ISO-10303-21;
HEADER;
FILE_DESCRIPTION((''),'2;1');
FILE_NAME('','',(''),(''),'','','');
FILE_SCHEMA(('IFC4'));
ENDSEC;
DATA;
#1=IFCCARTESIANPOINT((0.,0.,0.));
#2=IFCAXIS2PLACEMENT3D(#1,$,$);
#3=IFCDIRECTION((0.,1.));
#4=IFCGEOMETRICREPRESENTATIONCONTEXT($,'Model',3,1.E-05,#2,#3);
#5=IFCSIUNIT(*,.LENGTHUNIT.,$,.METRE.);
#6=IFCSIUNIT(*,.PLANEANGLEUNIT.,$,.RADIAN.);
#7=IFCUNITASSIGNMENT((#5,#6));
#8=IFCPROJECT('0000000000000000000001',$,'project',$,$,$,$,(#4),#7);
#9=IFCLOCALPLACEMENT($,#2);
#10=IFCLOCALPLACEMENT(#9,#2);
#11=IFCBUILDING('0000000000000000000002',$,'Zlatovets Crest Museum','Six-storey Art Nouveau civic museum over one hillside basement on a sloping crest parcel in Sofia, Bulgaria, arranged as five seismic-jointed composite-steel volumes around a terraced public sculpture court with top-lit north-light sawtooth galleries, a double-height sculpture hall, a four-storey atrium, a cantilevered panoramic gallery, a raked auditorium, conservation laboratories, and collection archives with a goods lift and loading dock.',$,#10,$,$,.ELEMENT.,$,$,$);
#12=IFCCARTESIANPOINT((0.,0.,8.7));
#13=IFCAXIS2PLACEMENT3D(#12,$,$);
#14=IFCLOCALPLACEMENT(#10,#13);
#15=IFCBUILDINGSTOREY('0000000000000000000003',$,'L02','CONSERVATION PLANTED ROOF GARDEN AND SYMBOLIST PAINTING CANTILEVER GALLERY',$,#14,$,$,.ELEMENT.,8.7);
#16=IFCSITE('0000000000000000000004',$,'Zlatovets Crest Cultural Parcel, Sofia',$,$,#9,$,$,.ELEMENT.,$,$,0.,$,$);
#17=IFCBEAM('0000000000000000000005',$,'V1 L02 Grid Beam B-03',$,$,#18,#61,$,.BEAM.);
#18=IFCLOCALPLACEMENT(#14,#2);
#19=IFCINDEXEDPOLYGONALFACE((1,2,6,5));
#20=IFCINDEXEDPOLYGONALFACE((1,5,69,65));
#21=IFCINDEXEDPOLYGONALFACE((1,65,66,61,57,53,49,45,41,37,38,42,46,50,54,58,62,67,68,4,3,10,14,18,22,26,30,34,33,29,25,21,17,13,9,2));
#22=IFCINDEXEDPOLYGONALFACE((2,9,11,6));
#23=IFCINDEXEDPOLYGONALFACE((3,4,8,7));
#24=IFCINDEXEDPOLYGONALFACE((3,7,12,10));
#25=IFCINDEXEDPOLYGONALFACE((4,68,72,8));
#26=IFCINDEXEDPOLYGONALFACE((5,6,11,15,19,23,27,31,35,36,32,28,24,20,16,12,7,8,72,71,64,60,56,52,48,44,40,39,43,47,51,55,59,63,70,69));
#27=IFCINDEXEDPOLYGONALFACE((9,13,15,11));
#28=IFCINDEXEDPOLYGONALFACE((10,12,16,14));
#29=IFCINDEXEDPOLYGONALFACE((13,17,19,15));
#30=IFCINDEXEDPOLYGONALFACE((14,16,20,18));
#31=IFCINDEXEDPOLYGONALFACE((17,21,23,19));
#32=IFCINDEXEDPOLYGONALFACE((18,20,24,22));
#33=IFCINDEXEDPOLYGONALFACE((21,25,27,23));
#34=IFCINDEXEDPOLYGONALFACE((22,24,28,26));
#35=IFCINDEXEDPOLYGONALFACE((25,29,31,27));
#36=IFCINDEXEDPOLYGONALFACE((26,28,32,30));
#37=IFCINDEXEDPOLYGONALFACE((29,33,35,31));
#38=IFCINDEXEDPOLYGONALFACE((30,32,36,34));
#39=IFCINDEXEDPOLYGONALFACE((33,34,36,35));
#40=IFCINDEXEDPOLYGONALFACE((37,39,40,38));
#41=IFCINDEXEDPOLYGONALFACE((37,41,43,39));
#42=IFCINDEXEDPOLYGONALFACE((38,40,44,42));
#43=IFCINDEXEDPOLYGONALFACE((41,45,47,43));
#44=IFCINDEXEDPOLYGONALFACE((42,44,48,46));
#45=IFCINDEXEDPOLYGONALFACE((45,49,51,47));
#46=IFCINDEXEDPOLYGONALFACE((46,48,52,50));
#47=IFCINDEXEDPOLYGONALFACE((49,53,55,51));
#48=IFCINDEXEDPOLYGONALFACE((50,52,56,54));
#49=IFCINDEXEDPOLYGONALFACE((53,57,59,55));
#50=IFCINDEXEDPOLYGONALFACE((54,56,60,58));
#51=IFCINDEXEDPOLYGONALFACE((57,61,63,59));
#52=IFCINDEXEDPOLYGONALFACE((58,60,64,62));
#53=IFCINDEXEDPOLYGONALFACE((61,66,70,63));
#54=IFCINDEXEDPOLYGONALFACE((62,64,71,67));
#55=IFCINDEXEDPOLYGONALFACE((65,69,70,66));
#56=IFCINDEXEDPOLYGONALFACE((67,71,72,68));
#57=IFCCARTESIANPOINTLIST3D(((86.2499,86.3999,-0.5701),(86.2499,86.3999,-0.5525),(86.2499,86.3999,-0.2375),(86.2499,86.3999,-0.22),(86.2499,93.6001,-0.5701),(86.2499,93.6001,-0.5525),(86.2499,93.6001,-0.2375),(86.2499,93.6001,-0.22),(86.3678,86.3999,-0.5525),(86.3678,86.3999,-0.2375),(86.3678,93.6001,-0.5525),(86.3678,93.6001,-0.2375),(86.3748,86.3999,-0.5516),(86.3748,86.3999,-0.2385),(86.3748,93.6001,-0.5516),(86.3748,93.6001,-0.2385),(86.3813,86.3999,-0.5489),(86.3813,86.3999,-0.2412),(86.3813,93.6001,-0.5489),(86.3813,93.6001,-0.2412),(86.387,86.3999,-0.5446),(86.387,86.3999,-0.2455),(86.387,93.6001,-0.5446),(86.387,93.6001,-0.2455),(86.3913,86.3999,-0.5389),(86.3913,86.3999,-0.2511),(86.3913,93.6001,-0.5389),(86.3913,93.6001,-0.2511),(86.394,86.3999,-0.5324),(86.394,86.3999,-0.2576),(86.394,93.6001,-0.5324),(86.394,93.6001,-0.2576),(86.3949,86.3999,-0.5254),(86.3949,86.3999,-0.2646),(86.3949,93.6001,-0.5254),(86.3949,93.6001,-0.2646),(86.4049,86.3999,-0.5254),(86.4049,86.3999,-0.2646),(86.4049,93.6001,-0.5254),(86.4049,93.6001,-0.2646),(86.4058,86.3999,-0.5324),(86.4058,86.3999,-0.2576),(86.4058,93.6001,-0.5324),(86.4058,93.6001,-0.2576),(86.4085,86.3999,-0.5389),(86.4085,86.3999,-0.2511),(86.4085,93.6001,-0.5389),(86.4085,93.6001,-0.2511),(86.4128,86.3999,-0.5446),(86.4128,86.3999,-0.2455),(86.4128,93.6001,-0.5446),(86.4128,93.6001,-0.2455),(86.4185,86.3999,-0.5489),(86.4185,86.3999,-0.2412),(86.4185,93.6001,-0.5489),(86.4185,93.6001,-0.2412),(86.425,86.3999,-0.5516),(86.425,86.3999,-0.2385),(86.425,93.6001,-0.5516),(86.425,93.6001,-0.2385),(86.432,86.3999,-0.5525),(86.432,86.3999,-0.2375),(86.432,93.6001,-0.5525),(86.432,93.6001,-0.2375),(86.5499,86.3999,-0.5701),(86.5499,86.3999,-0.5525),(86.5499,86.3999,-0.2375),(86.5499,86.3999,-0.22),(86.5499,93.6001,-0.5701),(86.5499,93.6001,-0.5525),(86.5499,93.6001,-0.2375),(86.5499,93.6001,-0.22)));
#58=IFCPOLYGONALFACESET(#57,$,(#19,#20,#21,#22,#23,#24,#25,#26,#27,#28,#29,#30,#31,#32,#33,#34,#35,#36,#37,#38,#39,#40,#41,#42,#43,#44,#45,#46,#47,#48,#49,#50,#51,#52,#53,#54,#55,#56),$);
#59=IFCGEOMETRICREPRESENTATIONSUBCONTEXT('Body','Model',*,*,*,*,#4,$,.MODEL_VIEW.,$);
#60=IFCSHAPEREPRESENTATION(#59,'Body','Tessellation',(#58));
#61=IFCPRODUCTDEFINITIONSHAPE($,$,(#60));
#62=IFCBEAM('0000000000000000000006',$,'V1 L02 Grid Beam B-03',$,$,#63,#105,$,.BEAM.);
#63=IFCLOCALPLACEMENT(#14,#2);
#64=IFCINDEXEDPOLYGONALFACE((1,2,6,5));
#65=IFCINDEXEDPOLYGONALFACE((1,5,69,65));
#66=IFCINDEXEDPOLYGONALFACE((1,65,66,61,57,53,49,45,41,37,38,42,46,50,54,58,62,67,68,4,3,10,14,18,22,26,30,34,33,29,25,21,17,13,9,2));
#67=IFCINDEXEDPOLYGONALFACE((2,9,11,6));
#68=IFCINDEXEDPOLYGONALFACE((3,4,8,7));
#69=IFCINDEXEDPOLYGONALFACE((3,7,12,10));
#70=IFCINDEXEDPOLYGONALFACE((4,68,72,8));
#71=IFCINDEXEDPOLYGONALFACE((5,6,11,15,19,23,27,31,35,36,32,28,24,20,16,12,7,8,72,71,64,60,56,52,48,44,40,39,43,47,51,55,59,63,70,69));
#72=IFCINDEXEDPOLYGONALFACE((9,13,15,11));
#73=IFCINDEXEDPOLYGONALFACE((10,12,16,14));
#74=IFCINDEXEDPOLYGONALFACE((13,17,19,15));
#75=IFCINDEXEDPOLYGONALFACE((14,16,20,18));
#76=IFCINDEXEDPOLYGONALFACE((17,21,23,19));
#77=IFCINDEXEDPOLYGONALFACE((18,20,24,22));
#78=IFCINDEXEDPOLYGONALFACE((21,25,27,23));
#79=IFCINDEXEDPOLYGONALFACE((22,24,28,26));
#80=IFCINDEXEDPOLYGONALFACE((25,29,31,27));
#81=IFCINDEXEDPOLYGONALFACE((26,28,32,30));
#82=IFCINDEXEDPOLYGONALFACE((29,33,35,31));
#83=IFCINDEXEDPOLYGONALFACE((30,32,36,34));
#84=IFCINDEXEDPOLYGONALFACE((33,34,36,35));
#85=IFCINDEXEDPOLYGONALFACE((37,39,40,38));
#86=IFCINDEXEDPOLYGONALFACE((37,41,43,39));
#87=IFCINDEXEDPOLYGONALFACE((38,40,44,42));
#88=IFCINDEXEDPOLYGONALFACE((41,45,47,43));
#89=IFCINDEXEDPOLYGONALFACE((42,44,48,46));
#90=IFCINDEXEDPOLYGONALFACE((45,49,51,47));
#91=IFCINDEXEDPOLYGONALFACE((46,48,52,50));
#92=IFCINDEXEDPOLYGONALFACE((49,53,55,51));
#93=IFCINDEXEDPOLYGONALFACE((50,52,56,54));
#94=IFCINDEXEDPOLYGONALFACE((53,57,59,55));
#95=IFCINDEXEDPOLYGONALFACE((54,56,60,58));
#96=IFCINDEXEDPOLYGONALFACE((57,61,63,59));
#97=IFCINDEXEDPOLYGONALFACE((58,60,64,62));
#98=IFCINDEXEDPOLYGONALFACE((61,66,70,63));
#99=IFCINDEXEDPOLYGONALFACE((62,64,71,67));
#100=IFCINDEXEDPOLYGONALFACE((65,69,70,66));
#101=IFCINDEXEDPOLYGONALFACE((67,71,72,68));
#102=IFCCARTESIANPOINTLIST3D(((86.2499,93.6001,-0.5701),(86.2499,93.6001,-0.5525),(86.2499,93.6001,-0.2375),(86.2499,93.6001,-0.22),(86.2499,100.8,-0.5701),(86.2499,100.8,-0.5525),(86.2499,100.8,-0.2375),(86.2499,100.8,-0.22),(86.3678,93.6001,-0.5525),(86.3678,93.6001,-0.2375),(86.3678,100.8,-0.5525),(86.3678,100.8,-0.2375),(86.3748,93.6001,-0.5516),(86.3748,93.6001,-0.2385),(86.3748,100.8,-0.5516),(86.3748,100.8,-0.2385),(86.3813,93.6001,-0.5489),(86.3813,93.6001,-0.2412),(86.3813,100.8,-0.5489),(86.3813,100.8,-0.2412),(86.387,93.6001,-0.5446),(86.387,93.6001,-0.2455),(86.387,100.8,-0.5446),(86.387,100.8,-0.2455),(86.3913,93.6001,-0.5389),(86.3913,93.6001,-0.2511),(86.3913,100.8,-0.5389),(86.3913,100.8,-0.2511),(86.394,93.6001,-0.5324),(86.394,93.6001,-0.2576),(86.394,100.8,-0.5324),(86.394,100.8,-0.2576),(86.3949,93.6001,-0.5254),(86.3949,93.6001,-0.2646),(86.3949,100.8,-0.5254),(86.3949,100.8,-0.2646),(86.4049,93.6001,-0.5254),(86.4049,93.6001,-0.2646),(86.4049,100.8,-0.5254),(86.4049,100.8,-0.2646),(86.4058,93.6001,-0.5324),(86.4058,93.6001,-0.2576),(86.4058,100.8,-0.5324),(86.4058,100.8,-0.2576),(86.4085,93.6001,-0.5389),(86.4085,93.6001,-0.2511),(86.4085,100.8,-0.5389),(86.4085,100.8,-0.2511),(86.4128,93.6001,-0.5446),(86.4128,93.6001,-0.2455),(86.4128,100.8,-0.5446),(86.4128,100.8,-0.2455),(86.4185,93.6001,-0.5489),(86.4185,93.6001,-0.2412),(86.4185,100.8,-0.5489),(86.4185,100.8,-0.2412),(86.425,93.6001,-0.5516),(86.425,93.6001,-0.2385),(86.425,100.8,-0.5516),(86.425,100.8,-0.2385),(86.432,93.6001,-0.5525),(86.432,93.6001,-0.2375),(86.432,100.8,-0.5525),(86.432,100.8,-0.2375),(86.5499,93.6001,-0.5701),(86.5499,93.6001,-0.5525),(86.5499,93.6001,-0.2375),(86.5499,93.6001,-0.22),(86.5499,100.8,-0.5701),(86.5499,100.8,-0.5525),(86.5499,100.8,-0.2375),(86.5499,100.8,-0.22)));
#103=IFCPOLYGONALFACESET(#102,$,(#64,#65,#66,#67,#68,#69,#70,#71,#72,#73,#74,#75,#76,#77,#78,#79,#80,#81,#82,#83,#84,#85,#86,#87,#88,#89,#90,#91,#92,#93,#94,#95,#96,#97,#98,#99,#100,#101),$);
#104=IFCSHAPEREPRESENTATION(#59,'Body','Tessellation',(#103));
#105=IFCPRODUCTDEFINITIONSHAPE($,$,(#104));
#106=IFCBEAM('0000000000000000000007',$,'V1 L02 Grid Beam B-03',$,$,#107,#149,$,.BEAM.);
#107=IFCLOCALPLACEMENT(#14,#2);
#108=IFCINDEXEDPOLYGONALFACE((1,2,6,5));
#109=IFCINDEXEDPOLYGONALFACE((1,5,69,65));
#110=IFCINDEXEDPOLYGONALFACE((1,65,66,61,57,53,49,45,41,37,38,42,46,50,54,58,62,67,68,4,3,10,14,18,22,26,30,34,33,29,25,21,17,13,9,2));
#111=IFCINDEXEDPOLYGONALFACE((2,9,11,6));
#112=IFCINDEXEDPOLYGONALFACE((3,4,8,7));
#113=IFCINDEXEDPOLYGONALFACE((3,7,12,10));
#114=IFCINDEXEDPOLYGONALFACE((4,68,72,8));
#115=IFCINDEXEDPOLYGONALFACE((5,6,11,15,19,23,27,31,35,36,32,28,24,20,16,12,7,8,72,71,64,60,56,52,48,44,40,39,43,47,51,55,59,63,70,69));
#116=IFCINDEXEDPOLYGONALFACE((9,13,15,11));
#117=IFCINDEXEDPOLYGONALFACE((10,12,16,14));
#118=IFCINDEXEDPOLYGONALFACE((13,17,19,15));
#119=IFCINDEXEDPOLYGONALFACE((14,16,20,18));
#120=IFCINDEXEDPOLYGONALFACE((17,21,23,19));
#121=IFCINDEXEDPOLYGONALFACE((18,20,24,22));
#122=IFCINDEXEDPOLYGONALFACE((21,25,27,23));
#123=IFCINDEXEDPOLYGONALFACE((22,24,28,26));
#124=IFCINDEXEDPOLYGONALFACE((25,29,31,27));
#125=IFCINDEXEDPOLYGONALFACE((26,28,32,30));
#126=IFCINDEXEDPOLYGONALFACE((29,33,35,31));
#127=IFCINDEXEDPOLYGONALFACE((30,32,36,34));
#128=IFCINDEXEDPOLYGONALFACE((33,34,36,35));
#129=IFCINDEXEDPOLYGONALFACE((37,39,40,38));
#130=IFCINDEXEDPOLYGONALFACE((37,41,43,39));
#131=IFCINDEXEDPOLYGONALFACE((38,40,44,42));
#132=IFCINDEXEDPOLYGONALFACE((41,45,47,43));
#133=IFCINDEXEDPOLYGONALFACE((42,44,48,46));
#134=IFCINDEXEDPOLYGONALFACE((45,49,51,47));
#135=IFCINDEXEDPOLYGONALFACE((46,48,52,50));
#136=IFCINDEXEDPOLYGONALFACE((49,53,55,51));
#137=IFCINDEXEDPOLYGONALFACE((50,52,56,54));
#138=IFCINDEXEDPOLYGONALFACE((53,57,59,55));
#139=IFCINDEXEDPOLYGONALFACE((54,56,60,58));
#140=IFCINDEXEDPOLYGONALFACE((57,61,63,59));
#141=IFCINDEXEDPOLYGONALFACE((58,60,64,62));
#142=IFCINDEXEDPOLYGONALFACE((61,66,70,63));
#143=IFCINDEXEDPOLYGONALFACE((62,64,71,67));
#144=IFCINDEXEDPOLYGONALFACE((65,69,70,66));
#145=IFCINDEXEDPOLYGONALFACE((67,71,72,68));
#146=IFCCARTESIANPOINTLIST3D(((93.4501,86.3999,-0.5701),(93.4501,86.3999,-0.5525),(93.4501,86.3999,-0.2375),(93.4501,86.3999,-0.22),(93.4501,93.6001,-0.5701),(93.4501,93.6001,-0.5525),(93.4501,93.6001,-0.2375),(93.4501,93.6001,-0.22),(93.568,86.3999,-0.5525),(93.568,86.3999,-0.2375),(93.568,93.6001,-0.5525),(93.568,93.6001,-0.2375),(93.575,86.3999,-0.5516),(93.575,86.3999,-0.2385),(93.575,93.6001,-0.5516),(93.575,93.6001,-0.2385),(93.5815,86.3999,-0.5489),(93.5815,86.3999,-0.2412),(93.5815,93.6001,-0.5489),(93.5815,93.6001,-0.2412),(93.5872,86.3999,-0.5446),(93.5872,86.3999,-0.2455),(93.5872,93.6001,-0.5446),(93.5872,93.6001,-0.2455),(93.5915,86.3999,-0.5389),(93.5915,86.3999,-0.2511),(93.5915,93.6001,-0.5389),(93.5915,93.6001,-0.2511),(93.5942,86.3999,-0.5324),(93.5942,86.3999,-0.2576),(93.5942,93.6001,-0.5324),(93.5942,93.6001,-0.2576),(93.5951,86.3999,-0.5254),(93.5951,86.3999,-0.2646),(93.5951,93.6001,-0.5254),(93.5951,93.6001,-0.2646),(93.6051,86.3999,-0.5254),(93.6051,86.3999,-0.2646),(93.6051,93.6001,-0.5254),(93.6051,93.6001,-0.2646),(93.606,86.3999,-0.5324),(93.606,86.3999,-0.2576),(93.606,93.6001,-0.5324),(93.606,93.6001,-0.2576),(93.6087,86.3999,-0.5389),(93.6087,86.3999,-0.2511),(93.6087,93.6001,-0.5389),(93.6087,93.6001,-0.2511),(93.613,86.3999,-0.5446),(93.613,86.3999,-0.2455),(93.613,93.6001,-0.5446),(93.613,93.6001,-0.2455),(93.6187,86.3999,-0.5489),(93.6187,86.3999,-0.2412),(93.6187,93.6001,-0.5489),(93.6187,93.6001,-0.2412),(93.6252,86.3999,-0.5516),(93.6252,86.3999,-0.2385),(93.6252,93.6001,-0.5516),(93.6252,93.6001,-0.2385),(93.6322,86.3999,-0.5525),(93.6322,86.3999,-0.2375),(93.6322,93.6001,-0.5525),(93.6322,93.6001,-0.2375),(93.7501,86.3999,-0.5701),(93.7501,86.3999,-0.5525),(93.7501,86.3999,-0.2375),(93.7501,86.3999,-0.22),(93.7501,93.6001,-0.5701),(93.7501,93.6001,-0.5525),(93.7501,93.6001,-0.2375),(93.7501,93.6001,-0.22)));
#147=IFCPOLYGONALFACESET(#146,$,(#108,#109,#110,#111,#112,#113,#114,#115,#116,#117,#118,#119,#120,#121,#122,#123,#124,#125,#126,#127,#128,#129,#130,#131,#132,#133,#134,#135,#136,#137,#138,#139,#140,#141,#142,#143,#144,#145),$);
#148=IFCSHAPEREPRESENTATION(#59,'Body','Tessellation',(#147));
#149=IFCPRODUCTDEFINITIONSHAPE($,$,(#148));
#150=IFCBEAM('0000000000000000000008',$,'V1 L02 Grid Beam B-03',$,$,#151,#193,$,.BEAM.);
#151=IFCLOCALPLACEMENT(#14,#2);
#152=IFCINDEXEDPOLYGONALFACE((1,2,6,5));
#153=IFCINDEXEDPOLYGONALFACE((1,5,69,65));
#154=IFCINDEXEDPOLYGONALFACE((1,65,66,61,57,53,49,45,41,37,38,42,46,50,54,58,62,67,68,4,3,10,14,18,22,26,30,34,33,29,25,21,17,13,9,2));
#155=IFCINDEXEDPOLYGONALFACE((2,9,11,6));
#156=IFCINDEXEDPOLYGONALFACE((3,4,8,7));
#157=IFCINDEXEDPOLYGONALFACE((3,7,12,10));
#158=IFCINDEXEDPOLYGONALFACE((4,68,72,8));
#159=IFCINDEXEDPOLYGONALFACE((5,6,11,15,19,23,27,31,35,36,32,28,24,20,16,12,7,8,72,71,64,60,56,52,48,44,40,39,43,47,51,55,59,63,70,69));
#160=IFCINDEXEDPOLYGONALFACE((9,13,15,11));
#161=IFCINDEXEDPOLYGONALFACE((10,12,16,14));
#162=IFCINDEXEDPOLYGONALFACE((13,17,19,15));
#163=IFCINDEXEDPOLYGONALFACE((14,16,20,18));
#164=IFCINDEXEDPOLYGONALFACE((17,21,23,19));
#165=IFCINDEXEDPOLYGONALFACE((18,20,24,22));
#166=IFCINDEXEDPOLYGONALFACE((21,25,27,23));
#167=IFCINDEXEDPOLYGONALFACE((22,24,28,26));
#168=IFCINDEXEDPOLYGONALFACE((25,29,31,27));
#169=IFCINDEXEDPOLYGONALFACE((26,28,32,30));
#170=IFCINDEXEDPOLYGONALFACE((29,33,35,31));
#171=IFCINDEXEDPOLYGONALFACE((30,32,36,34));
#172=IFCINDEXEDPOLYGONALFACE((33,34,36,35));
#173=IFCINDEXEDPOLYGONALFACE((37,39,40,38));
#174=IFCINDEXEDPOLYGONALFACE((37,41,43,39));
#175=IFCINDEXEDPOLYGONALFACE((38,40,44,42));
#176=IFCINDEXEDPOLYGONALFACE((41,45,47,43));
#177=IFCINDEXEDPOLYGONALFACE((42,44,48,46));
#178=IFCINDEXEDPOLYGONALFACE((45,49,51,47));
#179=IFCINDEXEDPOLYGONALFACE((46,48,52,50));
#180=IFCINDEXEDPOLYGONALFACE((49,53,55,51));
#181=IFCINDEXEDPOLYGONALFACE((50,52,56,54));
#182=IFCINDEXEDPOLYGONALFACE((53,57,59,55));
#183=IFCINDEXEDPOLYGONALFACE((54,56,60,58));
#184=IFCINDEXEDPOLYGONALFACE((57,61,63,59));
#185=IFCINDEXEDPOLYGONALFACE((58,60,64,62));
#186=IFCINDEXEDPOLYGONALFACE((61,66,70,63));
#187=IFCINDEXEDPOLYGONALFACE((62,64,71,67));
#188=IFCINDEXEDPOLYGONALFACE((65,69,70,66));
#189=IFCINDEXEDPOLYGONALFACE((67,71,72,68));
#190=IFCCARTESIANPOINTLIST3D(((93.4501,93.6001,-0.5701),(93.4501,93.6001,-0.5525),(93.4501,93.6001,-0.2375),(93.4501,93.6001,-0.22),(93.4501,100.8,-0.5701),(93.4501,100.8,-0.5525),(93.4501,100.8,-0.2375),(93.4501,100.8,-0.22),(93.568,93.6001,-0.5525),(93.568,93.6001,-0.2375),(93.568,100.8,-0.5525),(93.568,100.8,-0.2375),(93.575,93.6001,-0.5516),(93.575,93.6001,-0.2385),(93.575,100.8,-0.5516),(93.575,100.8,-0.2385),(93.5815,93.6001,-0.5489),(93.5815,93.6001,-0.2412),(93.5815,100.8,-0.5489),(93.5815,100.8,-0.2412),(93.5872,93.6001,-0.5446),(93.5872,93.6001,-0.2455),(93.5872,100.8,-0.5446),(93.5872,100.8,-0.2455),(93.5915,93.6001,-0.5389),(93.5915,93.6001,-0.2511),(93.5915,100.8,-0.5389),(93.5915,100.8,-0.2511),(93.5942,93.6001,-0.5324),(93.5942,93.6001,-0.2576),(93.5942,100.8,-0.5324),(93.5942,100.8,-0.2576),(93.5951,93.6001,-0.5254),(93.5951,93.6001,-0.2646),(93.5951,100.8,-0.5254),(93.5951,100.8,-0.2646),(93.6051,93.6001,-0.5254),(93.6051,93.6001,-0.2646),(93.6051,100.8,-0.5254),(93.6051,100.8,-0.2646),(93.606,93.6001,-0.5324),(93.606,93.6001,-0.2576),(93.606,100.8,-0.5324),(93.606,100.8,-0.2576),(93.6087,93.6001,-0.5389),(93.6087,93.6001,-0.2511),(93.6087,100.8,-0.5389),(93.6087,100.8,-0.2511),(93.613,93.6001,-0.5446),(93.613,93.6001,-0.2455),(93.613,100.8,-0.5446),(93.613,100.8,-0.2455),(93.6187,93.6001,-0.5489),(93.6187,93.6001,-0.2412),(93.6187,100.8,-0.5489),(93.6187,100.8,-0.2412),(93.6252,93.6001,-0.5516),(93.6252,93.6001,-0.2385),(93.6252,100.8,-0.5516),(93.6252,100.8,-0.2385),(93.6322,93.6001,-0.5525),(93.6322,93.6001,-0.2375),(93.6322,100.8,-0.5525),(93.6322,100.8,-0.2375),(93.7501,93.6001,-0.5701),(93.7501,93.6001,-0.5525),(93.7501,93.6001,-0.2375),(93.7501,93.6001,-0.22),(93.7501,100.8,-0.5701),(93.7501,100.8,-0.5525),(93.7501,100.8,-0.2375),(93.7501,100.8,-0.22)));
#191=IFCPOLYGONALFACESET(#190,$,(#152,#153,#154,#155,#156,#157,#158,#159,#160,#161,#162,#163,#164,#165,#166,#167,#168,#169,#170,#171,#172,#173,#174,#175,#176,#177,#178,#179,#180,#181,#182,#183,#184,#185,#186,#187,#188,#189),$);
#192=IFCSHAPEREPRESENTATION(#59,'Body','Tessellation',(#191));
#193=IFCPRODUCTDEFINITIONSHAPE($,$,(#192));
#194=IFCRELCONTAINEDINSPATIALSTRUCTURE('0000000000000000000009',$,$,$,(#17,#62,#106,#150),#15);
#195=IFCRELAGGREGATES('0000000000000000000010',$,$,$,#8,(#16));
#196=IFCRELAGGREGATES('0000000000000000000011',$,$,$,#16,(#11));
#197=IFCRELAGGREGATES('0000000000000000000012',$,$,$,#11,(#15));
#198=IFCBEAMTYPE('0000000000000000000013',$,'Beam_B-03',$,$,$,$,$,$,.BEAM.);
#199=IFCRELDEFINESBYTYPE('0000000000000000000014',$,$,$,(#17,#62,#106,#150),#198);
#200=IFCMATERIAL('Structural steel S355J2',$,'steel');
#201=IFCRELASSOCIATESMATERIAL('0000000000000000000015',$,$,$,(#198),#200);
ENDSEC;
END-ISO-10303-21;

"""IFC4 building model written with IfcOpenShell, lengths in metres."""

from ifc_helpers import new_model, si_unit, direction, frame, origin, origin_2d, place, context, subcontext, project, spatial, i_section, extrude, material, material_profile, profile_set, type_object, element, save


model = new_model("IFC4")

# Units and contexts
model_context = context("Model", 3, precision=1e-05, world=origin(), true_north=direction((0.0, 1.0)))
body_context = subcontext(model_context, "Body", "Model", "MODEL_VIEW")
ifc_project = project(units=[si_unit("LENGTHUNIT", "METRE"), si_unit("PLANEANGLEUNIT", "RADIAN")], contexts=[model_context])

# Site, building, storey
site_placement = place(None, origin())
site = spatial("IfcSite", under=ifc_project, at=site_placement, Name="Zlatovets Crest Cultural Parcel, Sofia", CompositionType="ELEMENT", RefElevation=0.0)
building_placement = place(site_placement, origin())
building = spatial("IfcBuilding", under=site, at=building_placement, Name="Zlatovets Crest Museum", Description="Six-storey Art Nouveau civic museum over one hillside basement on a sloping crest parcel in Sofia, Bulgaria, arranged as five seismic-jointed composite-steel volumes around a terraced public sculpture court with top-lit north-light sawtooth galleries, a double-height sculpture hall, a four-storey atrium, a cantilevered panoramic gallery, a raked auditorium, conservation laboratories, and collection archives with a goods lift and loading dock.", CompositionType="ELEMENT")
storey_placement = place(building_placement, frame((0.0, 0.0, 8.7)))
storey = spatial("IfcBuildingStorey", under=building, at=storey_placement, Name="L02", Description="CONSERVATION PLANTED ROOF GARDEN AND SYMBOLIST PAINTING CANTILEVER GALLERY", CompositionType="ELEMENT", Elevation=8.7)

# Shared definitions
ifc_material_1 = material(Name="Structural steel S355J2", Category="steel")

# Beams
ifc_material_profile_1 = material_profile(ifc_material_1, i_section(OverallWidth=0.3, OverallDepth=0.3501, WebThickness=0.01, FlangeThickness=0.0176, FilletRadius=0.0271, at=origin_2d()), Name="HEA 360")
ifc_profile_set_1 = profile_set([ifc_material_profile_1], Name="Structural steel S355J2")
beam_type_1 = type_object("IfcBeamType", Name="Beam_B-03", PredefinedType="BEAM", material=ifc_profile_set_1)
beam_1_placement = place(storey_placement, frame((86.3999, 86.3999, -0.395), z_axis=(0.0, 1.0, 0.0), x_axis=(-1.0, 0.0, 0.0)))
element("IfcBeam", 1, at=beam_1_placement, inside=storey, type_object=beam_type_1, Name="V1 L02 Grid Beam B-03", PredefinedType="BEAM", context=body_context, shape_type="SweptSolid", body=[
    extrude(i_section(OverallWidth=0.3, OverallDepth=0.3501, WebThickness=0.01, FlangeThickness=0.0176, FilletRadius=0.0271, at=origin_2d()), origin(), (0.0, 0.0, 1.0), 7.2002),
])
beam_2_placement = place(storey_placement, frame((86.3999, 93.6001, -0.395), z_axis=(0.0, 1.0, 0.0), x_axis=(-1.0, 0.0, 0.0)))
element("IfcBeam", 2, at=beam_2_placement, inside=storey, type_object=beam_type_1, Name="V1 L02 Grid Beam B-03", PredefinedType="BEAM", context=body_context, shape_type="SweptSolid", body=[
    extrude(i_section(OverallWidth=0.3, OverallDepth=0.3501, WebThickness=0.01, FlangeThickness=0.0176, FilletRadius=0.0271, at=origin_2d()), origin(), (0.0, 0.0, 1.0), 7.2),
])
beam_3_placement = place(storey_placement, frame((93.6001, 86.3999, -0.395), z_axis=(0.0, 1.0, 0.0), x_axis=(-1.0, 0.0, 0.0)))
element("IfcBeam", 3, at=beam_3_placement, inside=storey, type_object=beam_type_1, Name="V1 L02 Grid Beam B-03", PredefinedType="BEAM", context=body_context, shape_type="SweptSolid", body=[
    extrude(i_section(OverallWidth=0.3, OverallDepth=0.3501, WebThickness=0.01, FlangeThickness=0.0176, FilletRadius=0.0271, at=origin_2d()), origin(), (0.0, 0.0, 1.0), 7.2002),
])
beam_4_placement = place(storey_placement, frame((93.6001, 93.6001, -0.395), z_axis=(0.0, 1.0, 0.0), x_axis=(-1.0, 0.0, 0.0)))
element("IfcBeam", 4, at=beam_4_placement, inside=storey, type_object=beam_type_1, Name="V1 L02 Grid Beam B-03", PredefinedType="BEAM", context=body_context, shape_type="SweptSolid", body=[
    extrude(i_section(OverallWidth=0.3, OverallDepth=0.3501, WebThickness=0.01, FlangeThickness=0.0176, FilletRadius=0.0271, at=origin_2d()), origin(), (0.0, 0.0, 1.0), 7.2),
])

save(model, "model.ifc")
